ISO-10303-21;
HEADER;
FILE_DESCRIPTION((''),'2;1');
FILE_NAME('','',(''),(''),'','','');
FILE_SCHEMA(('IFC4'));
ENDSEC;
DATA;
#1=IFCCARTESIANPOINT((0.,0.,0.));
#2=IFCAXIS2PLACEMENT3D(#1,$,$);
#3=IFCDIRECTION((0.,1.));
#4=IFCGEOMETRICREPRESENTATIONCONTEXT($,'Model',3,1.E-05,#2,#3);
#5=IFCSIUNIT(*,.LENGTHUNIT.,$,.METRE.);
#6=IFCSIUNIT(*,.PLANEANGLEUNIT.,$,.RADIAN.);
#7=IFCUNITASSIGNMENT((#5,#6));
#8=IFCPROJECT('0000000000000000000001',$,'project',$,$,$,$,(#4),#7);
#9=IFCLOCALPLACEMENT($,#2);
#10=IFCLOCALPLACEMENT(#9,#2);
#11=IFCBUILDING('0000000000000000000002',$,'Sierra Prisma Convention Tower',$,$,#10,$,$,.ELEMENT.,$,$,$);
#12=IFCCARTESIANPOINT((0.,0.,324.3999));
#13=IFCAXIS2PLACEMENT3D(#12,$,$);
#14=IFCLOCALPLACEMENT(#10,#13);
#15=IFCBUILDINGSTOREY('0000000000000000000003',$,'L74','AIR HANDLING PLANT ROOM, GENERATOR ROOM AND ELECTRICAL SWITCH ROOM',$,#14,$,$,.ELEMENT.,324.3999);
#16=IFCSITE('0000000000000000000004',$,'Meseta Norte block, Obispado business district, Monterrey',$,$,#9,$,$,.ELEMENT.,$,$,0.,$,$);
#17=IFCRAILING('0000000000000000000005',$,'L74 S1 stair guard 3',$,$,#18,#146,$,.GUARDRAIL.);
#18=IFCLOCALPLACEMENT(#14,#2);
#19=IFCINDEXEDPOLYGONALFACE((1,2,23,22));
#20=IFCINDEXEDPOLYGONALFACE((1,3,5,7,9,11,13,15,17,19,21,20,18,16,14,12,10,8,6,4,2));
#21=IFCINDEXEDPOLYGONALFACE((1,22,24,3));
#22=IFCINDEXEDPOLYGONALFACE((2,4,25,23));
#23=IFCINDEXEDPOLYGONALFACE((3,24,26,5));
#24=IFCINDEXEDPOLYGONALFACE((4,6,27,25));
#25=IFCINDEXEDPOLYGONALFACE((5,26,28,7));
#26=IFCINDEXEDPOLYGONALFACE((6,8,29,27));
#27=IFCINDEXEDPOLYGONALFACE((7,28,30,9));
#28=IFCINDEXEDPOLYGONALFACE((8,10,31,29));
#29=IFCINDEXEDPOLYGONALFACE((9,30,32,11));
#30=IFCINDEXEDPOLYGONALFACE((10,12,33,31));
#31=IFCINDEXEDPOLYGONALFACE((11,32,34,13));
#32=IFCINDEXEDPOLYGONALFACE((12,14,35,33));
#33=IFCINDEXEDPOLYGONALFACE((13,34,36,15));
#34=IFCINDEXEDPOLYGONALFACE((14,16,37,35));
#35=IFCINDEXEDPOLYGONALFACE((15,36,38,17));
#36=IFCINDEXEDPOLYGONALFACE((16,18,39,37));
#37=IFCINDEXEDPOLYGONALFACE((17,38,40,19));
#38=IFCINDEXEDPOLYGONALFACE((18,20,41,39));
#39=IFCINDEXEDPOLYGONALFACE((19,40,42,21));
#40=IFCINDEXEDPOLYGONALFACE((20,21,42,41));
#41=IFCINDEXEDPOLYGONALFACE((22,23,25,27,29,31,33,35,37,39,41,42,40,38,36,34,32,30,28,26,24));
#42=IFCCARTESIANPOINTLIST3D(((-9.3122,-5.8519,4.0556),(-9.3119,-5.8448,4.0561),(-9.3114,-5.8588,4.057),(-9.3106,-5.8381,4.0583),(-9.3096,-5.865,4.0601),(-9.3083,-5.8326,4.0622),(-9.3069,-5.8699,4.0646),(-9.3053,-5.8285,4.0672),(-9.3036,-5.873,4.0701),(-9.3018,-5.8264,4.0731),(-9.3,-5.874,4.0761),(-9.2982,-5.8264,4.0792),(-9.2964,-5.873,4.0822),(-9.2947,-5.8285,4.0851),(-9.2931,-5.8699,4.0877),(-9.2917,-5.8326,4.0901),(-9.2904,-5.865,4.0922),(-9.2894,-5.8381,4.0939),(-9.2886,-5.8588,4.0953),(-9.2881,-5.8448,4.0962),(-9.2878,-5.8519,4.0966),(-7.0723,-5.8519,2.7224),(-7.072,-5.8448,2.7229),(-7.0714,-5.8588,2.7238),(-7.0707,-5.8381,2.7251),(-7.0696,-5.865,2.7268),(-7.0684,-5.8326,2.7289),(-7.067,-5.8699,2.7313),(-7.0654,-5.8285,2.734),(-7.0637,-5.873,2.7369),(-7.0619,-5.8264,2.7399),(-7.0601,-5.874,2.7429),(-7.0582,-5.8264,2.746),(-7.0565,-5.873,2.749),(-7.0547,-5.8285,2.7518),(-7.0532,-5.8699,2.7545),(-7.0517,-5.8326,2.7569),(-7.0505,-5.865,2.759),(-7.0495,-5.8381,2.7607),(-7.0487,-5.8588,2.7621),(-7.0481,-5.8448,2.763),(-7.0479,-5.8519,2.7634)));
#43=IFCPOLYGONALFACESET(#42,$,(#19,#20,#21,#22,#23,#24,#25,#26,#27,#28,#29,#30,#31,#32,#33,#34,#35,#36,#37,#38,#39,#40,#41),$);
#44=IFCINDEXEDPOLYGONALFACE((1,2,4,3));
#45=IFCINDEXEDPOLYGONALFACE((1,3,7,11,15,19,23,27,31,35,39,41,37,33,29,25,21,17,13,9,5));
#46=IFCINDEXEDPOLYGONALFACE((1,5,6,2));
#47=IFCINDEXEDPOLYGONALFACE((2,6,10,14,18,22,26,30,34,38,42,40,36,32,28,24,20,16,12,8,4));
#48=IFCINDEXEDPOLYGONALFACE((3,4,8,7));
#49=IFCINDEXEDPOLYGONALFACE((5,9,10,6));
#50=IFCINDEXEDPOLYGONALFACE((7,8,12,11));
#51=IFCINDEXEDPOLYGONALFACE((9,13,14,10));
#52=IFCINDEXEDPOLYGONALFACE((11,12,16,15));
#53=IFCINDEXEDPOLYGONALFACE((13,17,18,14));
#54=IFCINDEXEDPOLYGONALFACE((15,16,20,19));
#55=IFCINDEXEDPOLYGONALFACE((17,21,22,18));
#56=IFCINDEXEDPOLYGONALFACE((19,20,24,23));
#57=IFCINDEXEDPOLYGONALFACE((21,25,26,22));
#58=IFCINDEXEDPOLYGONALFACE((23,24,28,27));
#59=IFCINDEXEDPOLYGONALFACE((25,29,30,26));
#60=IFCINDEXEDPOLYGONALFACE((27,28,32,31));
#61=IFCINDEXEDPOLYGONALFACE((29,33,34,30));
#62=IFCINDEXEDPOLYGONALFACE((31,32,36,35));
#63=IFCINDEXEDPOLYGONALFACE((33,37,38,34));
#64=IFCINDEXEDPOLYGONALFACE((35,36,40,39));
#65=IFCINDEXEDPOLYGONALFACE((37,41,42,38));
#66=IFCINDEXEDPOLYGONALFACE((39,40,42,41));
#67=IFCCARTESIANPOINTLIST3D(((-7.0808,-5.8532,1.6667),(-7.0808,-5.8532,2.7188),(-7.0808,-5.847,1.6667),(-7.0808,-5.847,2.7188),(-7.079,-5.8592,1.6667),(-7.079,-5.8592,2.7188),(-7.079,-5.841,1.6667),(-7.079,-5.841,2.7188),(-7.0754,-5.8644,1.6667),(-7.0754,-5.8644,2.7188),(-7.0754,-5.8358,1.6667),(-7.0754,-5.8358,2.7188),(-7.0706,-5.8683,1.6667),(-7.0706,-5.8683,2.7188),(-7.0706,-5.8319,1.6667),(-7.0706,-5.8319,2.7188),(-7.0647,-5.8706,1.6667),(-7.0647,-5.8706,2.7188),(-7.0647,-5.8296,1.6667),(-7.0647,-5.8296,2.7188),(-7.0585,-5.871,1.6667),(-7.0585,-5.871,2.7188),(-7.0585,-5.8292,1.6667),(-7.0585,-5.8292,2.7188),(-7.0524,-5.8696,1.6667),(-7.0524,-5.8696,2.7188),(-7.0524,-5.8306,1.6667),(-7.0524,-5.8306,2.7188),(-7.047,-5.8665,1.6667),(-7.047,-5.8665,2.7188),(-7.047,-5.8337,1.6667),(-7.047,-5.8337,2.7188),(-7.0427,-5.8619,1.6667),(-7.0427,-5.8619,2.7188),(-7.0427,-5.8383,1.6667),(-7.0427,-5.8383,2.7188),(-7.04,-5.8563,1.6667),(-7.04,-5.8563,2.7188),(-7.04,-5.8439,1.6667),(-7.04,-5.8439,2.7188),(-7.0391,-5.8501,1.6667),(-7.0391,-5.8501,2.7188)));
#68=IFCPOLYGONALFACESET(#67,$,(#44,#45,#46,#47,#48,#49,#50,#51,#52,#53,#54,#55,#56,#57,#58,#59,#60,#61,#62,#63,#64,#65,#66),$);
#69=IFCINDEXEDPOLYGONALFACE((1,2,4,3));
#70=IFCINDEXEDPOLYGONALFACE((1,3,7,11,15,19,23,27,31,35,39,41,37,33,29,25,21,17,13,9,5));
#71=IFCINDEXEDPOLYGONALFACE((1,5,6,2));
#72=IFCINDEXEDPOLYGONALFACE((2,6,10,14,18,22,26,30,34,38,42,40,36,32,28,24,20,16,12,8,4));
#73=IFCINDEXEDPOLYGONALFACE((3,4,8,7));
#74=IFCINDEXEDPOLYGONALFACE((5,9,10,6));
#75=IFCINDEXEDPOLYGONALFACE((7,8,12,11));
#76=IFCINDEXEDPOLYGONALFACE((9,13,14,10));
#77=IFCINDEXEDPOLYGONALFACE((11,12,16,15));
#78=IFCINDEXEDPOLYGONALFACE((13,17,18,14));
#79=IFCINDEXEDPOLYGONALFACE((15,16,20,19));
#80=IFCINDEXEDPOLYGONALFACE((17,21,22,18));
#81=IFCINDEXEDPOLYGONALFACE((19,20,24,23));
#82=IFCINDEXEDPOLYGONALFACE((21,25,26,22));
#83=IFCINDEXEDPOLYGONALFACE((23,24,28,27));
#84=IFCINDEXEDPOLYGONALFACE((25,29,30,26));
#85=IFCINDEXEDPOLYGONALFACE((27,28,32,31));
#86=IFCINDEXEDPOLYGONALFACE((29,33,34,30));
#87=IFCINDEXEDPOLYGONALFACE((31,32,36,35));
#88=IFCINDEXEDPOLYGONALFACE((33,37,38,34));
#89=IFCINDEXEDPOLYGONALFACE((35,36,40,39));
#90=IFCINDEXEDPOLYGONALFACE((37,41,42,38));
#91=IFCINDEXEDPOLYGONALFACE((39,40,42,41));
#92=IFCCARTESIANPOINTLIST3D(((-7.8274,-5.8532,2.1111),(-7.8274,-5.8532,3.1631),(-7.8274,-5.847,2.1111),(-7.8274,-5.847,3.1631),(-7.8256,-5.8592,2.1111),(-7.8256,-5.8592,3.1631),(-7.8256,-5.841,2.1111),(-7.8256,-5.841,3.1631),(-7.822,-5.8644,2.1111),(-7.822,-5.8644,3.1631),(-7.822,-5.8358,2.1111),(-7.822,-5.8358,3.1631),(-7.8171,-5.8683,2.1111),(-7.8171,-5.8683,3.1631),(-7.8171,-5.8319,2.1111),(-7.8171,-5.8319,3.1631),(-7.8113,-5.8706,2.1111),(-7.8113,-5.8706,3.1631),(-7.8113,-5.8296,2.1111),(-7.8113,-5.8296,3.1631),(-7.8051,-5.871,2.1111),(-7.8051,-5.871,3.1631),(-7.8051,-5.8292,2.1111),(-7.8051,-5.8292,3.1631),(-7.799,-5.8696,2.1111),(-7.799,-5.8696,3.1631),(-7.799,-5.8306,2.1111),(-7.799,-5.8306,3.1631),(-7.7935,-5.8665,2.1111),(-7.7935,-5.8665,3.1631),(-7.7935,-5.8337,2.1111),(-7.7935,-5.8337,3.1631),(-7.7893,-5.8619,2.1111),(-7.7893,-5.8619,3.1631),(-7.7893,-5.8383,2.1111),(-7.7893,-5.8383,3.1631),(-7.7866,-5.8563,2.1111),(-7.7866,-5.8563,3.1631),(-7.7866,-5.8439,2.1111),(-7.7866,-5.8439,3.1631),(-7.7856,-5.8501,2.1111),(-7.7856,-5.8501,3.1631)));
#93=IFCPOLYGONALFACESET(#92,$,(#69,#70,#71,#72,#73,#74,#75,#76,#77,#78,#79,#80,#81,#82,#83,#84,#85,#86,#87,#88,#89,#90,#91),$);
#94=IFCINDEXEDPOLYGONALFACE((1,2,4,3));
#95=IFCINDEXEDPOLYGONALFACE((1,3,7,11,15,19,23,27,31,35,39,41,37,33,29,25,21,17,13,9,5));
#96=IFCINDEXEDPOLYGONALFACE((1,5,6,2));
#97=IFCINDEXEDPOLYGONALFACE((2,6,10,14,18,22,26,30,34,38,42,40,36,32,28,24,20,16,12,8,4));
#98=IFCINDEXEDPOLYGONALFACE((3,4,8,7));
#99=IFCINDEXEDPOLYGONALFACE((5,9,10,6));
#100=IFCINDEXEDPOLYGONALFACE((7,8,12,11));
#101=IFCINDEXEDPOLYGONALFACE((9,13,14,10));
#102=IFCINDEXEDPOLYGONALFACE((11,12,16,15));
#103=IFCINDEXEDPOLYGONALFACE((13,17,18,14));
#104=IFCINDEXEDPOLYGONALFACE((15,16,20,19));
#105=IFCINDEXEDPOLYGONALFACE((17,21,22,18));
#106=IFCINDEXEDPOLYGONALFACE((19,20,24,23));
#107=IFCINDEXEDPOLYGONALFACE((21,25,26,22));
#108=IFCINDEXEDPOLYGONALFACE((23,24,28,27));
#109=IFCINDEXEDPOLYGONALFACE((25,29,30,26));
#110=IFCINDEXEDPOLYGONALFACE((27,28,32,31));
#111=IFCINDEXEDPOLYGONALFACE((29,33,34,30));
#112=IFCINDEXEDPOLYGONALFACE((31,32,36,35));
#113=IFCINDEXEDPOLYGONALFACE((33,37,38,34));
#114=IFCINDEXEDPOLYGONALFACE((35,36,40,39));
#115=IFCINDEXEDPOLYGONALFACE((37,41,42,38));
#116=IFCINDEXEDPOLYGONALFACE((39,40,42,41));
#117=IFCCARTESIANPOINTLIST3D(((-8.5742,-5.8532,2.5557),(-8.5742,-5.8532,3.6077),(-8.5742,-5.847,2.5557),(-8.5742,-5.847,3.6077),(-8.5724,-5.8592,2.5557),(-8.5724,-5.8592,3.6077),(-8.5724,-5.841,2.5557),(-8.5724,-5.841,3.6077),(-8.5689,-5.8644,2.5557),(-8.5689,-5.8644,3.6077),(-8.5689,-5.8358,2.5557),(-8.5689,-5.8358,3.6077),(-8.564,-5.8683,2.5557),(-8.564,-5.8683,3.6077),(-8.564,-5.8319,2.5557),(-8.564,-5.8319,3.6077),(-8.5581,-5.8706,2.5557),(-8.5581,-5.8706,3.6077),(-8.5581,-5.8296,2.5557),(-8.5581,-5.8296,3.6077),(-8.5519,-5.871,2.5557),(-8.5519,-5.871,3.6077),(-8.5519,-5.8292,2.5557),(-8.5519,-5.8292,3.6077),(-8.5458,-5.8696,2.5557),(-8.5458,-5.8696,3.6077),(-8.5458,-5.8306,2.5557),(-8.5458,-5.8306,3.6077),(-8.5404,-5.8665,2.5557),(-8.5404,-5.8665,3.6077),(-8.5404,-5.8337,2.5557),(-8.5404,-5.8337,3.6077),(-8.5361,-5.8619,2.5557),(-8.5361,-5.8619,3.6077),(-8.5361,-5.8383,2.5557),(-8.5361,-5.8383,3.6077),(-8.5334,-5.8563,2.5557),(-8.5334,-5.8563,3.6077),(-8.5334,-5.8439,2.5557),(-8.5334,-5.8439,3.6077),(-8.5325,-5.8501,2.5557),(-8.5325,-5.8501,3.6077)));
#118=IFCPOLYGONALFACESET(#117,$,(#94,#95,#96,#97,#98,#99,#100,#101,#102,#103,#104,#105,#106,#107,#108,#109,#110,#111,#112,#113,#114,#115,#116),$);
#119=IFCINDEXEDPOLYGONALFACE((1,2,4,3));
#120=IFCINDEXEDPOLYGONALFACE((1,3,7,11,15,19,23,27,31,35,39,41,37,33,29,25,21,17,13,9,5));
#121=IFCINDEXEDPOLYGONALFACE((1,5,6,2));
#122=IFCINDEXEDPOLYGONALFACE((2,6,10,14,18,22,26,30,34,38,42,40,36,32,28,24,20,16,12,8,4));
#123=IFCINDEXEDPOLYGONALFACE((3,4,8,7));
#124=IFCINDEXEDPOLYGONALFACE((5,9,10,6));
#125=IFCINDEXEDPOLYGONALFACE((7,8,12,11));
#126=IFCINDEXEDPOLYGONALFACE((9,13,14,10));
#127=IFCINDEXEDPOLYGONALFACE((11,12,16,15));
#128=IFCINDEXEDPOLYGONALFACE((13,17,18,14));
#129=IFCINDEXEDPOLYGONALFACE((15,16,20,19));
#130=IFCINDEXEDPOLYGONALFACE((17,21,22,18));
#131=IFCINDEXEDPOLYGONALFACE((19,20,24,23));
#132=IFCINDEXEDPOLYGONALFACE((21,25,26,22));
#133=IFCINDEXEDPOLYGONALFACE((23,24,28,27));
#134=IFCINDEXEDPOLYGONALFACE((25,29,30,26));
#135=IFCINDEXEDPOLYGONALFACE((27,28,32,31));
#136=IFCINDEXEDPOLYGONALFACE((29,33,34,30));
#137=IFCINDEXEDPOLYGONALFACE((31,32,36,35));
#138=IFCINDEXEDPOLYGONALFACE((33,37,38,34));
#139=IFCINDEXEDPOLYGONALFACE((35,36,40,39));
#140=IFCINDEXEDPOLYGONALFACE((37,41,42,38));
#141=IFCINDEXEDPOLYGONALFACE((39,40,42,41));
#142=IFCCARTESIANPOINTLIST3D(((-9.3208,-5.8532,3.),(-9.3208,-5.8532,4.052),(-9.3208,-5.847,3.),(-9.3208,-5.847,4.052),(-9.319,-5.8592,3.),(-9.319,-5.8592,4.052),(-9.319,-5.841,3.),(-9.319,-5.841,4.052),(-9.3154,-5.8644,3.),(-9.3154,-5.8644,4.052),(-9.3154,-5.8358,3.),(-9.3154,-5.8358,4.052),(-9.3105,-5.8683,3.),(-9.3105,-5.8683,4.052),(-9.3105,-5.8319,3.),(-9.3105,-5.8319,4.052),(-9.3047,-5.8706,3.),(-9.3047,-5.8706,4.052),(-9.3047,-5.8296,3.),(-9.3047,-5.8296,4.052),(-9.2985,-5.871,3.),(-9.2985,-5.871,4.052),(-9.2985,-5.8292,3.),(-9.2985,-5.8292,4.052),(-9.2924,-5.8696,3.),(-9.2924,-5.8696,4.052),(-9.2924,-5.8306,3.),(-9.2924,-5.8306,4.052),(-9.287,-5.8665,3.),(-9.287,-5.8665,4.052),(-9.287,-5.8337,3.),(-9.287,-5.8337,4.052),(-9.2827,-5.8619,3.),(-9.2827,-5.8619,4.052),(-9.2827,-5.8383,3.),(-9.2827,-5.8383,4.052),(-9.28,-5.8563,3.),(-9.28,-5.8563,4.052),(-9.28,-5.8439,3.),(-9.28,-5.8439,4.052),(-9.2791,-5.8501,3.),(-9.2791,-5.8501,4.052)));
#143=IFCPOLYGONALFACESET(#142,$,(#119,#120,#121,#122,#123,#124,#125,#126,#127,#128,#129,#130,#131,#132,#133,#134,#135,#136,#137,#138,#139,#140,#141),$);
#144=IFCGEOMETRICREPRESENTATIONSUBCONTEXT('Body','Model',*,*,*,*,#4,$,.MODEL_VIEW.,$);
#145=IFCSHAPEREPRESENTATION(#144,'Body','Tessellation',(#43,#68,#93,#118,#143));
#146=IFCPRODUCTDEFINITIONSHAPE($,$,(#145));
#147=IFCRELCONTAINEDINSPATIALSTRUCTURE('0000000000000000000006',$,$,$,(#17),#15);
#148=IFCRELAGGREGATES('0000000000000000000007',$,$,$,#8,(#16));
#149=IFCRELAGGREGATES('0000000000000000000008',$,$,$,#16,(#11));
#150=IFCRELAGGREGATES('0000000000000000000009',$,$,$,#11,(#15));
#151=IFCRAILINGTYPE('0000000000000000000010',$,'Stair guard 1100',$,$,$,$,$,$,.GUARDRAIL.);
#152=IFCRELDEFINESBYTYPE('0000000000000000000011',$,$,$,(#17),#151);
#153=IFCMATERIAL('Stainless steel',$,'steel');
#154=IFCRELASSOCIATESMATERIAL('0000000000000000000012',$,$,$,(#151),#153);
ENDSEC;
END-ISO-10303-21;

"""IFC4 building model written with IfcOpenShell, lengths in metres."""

from ifc_helpers import new_model, si_unit, direction, frame, origin, origin_2d, place, context, subcontext, project, spatial, circle, extrude, material, type_object, element, save


model = new_model("IFC4")

# Units and contexts
model_context = context("Model", 3, precision=1e-05, world=origin(), true_north=direction((0.0, 1.0)))
body_context = subcontext(model_context, "Body", "Model", "MODEL_VIEW")
ifc_project = project(units=[si_unit("LENGTHUNIT", "METRE"), si_unit("PLANEANGLEUNIT", "RADIAN")], contexts=[model_context])

# Site, building, storey
site_placement = place(None, origin())
site = spatial("IfcSite", under=ifc_project, at=site_placement, Name="Meseta Norte block, Obispado business district, Monterrey", CompositionType="ELEMENT", RefElevation=0.0)
building_placement = place(site_placement, origin())
building = spatial("IfcBuilding", under=site, at=building_placement, Name="Sierra Prisma Convention Tower", CompositionType="ELEMENT")
storey_placement = place(building_placement, frame((0.0, 0.0, 324.3999)))
storey = spatial("IfcBuildingStorey", under=building, at=storey_placement, Name="L74", Description="AIR HANDLING PLANT ROOM, GENERATOR ROOM AND ELECTRICAL SWITCH ROOM", CompositionType="ELEMENT", Elevation=324.3999)

# Railing
ifc_material_1 = material(Name="Stainless steel", Category="steel")
railing_type_1 = type_object("IfcRailingType", Name="Stair guard 1100", PredefinedType="GUARDRAIL", material=ifc_material_1)
for number, where, name in (
    (1, (-7.0601, -5.8501, 1.6667), "L74 S1 stair guard 3"),
):
    element("IfcRailing", number, at=place(storey_placement, frame(where)), inside=storey, type_object=railing_type_1, Name=name, PredefinedType="GUARDRAIL", context=body_context, shape_type="SweptSolid", body=[
        extrude(circle(Radius=0.0239, at=origin_2d()), frame((0.0, 0.0, 1.0762), z_axis=(-0.859306, 0.0, 0.511462), x_axis=(0.0, -1.0, 0.0)), (0.0, 0.0, 1.0), 2.6067),
        extrude(circle(Radius=0.021, at=origin_2d()), origin(), (0.0, 0.0, 1.0), 1.052),
        extrude(circle(Radius=0.021, at=origin_2d()), frame((-0.7466, 0.0, 0.4443)), (0.0, 0.0, 1.0), 1.052),
        extrude(circle(Radius=0.021, at=origin_2d()), frame((-1.4934, 0.0, 0.8889)), (0.0, 0.0, 1.0), 1.052),
        extrude(circle(Radius=0.021, at=origin_2d()), frame((-2.24, 0.0, 1.3333)), (0.0, 0.0, 1.0), 1.052),
    ])

save(model, "model.ifc")
